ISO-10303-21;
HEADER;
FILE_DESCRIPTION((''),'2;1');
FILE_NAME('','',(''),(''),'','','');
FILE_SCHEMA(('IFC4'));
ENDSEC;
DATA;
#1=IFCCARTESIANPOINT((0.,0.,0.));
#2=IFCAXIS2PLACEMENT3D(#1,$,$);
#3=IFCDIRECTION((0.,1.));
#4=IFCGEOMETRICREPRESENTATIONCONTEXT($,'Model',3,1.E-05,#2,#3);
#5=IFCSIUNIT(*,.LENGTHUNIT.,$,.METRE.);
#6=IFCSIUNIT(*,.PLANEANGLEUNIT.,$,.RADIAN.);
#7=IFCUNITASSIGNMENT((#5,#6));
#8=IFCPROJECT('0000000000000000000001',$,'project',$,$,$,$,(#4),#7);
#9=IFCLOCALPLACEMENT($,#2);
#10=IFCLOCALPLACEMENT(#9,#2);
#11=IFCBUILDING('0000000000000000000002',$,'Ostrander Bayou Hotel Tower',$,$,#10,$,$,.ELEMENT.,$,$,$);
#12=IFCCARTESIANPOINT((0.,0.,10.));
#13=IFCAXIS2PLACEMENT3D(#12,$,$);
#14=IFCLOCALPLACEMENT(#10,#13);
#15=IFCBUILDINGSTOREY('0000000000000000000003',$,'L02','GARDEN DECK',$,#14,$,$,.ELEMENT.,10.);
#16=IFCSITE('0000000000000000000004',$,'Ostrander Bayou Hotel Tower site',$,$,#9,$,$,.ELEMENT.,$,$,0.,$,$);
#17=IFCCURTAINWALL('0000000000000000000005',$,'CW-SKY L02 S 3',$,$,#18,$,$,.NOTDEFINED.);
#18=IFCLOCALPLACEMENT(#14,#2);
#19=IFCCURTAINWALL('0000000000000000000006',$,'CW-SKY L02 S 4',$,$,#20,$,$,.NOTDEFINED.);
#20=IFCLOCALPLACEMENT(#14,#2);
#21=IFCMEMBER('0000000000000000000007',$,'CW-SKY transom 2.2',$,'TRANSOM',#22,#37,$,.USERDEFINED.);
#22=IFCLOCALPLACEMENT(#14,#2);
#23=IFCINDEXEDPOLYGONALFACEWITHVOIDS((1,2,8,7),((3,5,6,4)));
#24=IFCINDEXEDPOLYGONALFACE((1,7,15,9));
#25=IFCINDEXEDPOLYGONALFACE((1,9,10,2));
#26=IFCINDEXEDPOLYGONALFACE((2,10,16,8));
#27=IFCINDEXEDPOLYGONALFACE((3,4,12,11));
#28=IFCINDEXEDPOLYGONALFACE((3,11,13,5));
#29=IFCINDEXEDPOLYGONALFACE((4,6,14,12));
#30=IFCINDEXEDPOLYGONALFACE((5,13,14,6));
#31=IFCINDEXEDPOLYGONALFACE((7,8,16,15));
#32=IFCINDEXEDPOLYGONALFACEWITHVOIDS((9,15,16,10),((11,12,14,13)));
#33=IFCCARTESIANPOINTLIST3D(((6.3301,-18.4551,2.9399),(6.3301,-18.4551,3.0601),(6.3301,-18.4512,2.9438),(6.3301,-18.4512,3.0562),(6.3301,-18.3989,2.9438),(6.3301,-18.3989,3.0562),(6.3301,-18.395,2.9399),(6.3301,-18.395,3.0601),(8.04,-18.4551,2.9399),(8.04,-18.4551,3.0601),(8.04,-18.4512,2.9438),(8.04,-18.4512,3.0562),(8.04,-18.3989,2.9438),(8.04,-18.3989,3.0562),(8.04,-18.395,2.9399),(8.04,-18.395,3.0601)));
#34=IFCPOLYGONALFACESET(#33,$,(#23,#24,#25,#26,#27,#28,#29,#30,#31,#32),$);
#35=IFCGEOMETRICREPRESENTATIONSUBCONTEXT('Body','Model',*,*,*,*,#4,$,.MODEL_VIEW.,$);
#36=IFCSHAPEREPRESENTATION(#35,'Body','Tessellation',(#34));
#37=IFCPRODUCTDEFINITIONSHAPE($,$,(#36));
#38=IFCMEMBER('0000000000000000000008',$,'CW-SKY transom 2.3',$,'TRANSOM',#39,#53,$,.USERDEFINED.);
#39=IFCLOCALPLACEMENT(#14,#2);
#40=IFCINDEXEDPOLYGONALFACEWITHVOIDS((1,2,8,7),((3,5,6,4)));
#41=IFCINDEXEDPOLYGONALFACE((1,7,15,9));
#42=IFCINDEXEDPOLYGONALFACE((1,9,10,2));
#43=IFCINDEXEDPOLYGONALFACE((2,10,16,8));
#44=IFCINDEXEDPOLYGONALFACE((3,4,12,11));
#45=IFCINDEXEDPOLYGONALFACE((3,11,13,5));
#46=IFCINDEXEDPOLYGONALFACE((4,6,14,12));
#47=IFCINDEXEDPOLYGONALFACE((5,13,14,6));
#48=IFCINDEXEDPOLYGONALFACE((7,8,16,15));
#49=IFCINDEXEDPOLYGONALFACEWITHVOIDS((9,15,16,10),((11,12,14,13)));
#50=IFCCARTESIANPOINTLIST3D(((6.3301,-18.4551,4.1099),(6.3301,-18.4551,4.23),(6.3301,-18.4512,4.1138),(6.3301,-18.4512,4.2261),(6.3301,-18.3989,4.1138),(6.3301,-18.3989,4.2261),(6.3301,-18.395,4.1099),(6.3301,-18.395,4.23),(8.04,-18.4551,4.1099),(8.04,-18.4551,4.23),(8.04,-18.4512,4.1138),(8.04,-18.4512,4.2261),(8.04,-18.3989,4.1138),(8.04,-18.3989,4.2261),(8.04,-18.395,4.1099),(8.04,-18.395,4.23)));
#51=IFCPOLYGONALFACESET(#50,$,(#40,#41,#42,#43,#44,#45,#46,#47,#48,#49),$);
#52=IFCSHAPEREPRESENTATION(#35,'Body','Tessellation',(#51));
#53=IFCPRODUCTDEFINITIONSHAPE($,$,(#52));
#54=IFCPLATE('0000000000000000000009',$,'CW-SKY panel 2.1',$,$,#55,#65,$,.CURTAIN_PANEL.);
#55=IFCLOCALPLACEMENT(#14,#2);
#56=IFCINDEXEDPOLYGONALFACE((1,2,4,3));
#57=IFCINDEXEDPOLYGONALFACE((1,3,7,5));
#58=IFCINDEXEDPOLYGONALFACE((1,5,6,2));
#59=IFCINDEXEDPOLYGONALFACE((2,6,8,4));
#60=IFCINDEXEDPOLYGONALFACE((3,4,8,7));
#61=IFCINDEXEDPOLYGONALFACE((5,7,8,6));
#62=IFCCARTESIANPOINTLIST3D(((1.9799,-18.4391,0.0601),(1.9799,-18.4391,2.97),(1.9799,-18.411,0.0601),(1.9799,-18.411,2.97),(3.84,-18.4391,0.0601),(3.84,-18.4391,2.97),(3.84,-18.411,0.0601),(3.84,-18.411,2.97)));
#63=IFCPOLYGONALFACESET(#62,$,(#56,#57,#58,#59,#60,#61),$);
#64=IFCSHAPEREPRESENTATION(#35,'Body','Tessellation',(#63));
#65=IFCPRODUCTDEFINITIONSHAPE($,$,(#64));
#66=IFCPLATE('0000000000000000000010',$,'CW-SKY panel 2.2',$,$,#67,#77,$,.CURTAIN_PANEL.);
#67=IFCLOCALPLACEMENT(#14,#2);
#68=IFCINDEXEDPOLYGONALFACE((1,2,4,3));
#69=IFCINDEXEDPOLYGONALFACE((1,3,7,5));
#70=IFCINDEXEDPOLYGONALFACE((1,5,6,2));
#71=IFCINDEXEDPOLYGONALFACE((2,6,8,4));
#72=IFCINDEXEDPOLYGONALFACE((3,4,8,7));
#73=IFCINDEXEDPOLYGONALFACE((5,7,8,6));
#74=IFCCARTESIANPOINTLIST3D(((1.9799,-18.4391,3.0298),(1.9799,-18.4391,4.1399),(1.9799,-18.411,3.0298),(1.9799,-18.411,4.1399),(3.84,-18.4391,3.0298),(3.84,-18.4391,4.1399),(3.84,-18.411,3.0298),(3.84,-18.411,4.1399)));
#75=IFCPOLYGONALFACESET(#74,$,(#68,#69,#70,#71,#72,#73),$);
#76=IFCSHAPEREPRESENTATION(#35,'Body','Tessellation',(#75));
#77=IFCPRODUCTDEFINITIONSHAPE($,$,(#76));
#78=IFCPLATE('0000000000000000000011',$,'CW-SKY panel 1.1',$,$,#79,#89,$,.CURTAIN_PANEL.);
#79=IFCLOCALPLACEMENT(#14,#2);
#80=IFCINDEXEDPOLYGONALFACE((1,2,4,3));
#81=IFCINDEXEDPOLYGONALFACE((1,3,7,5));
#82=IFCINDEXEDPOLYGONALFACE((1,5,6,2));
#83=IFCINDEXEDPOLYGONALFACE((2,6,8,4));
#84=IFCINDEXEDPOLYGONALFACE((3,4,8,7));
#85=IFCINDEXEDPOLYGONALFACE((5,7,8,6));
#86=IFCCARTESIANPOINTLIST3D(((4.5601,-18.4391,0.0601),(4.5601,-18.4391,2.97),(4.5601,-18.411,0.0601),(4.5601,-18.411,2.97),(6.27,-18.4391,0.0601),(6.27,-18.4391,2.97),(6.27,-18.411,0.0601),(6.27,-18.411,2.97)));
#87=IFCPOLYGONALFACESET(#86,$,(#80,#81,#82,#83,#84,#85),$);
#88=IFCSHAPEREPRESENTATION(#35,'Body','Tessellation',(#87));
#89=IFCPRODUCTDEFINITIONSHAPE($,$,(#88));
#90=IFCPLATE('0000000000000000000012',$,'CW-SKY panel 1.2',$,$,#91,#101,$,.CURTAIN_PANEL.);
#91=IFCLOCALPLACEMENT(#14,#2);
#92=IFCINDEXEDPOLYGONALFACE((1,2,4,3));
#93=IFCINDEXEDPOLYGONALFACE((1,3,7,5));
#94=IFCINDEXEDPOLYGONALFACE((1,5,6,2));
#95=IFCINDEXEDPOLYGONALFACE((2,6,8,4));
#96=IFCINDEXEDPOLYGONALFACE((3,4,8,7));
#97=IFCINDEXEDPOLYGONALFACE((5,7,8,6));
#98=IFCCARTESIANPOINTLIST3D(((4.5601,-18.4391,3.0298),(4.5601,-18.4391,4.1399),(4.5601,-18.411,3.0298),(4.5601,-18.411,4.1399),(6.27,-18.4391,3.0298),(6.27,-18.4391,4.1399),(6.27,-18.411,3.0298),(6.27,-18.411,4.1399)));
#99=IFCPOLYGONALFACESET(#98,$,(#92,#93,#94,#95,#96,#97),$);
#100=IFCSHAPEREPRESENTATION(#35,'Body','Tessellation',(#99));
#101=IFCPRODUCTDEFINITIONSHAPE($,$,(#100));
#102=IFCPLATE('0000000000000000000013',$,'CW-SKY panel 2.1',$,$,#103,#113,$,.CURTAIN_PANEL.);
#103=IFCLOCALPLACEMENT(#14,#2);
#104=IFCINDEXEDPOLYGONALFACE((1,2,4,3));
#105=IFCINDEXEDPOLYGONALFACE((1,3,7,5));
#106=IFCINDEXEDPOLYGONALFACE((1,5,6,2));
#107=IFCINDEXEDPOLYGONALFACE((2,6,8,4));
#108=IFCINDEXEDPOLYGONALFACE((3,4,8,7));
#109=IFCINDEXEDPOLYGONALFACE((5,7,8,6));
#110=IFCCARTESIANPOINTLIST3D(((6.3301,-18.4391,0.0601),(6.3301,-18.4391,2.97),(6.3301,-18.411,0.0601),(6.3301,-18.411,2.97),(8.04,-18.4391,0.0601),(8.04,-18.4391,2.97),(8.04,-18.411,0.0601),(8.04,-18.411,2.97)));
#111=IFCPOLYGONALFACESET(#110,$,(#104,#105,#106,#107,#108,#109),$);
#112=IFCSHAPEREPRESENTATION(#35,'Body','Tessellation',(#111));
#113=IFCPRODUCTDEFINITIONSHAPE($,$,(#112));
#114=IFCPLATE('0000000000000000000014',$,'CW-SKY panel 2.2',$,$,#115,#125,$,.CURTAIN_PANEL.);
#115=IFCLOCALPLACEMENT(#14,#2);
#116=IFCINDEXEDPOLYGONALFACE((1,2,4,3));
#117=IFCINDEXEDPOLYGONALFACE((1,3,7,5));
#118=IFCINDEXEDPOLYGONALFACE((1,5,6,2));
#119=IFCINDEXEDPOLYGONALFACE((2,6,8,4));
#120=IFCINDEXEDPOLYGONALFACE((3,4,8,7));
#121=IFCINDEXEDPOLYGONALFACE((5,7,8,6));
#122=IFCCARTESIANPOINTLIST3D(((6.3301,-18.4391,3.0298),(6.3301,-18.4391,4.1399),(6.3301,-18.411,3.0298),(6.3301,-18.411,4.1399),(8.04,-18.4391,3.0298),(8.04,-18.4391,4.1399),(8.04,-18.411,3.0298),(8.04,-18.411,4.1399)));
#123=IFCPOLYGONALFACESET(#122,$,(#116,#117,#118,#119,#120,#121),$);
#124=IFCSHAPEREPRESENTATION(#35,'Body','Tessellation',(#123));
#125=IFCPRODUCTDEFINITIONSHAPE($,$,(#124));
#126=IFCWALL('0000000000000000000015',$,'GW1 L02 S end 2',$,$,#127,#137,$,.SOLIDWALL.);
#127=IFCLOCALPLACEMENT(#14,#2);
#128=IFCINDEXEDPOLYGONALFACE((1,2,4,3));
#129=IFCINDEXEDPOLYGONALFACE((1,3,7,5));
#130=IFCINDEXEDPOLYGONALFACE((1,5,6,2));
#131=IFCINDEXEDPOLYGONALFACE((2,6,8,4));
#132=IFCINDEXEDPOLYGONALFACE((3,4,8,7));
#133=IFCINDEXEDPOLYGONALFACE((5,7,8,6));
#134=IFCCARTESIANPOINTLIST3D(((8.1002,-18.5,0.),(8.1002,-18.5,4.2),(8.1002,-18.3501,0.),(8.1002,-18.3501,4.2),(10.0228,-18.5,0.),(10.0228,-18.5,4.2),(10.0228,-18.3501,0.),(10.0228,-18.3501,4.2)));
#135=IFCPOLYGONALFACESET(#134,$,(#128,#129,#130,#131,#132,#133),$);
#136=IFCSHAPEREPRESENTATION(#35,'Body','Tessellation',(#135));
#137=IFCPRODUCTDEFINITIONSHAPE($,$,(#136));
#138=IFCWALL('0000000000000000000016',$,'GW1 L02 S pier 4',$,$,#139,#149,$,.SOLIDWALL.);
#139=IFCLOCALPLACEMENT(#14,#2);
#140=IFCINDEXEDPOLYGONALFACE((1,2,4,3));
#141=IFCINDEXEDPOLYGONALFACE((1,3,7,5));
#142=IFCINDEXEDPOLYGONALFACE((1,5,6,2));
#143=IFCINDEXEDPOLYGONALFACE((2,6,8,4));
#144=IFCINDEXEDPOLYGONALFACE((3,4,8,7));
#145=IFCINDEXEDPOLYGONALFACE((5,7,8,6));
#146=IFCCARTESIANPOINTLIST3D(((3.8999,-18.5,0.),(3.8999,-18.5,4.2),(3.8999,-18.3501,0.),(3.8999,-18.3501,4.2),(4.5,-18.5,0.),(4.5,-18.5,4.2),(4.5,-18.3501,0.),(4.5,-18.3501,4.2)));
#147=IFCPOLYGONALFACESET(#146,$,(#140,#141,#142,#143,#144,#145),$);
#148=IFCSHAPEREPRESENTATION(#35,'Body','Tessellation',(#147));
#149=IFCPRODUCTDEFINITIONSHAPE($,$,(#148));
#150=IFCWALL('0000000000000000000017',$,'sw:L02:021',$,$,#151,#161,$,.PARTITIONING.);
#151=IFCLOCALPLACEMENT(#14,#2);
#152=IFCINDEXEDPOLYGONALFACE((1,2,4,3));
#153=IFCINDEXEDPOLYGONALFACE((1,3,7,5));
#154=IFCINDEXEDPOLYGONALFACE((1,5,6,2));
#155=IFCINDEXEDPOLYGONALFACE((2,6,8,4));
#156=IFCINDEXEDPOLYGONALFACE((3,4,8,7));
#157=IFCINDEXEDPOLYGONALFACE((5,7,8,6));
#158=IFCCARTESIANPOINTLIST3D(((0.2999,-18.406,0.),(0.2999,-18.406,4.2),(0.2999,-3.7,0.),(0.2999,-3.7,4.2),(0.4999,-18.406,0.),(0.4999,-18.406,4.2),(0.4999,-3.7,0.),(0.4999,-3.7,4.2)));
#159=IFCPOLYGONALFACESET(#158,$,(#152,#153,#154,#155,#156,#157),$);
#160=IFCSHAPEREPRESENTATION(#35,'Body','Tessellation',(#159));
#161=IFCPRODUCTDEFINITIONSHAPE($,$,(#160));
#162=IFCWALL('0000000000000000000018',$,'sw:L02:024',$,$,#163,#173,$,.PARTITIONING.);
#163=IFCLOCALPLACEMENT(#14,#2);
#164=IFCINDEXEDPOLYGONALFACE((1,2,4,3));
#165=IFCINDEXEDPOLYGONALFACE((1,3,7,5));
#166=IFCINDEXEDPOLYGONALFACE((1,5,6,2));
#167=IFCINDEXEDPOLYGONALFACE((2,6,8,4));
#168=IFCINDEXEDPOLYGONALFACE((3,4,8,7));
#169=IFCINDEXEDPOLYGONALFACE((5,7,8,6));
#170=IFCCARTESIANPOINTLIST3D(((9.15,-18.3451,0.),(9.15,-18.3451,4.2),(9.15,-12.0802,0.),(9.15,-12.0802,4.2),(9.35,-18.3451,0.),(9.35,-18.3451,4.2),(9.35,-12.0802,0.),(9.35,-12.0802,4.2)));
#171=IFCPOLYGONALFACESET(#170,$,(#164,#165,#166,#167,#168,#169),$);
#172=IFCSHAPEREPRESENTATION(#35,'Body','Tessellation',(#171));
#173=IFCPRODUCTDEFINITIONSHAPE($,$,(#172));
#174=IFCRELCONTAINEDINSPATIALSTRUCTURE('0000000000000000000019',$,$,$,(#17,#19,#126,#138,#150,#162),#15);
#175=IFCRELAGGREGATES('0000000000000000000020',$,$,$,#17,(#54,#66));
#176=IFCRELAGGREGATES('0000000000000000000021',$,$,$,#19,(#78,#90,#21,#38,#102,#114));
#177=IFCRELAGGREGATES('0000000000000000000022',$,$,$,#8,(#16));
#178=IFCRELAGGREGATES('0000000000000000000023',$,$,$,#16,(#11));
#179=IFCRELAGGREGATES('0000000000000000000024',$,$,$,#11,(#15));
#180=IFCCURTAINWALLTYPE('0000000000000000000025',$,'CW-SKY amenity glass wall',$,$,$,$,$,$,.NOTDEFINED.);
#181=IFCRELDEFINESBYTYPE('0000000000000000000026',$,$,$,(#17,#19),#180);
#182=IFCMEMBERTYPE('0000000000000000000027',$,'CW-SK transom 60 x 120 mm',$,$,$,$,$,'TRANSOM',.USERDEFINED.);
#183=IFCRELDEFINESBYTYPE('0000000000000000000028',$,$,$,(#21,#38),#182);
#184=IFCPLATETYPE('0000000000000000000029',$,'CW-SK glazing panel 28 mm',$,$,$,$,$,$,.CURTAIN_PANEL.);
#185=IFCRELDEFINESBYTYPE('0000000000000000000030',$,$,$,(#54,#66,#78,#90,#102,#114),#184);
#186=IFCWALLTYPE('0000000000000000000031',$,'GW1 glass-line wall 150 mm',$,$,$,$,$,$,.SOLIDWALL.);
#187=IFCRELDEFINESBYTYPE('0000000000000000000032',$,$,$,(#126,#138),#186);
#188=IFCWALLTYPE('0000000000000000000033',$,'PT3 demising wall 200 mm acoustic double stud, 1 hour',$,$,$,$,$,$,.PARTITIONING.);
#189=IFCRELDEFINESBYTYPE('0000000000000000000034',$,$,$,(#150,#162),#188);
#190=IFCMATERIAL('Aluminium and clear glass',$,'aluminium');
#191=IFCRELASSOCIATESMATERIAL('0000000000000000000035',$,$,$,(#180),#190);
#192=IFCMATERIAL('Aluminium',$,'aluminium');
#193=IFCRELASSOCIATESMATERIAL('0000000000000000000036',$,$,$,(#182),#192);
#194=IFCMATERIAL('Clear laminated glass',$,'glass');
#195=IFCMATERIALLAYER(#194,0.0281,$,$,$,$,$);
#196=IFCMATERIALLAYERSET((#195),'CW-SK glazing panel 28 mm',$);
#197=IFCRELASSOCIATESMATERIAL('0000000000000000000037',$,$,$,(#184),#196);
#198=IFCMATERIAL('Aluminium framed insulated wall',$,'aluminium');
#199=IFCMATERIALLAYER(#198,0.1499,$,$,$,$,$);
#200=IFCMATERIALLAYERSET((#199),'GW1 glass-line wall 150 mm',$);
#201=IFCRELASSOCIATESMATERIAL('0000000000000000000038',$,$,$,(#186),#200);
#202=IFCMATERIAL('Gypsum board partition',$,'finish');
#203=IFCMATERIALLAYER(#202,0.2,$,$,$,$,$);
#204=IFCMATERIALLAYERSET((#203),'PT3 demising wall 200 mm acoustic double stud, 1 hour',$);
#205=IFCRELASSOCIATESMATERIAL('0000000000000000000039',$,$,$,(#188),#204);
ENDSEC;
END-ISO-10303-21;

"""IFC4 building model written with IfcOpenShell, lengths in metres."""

from ifc_helpers import new_model, si_unit, direction, frame, frame_2d, origin, origin_2d, place, context, subcontext, project, spatial, rectangle, hollow_rectangle, extrude, material, layer, layer_set, material_profile, profile_set, type_object, element, aggregate, save


model = new_model("IFC4")

# Units and contexts
model_context = context("Model", 3, precision=1e-05, world=origin(), true_north=direction((0.0, 1.0)))
body_context = subcontext(model_context, "Body", "Model", "MODEL_VIEW")
ifc_project = project(units=[si_unit("LENGTHUNIT", "METRE"), si_unit("PLANEANGLEUNIT", "RADIAN")], contexts=[model_context])

# Site, building, storey
site_placement = place(None, origin())
site = spatial("IfcSite", under=ifc_project, at=site_placement, Name="Ostrander Bayou Hotel Tower site", CompositionType="ELEMENT", RefElevation=0.0)
building_placement = place(site_placement, origin())
building = spatial("IfcBuilding", under=site, at=building_placement, Name="Ostrander Bayou Hotel Tower", CompositionType="ELEMENT")
storey_placement = place(building_placement, frame((0.0, 0.0, 10.0)))
storey = spatial("IfcBuildingStorey", under=building, at=storey_placement, Name="L02", Description="GARDEN DECK", CompositionType="ELEMENT", Elevation=10.0)

# Curtain wall
ifc_material_1 = material(Name="Aluminium and clear glass", Category="aluminium")
curtain_wall_type = type_object("IfcCurtainWallType", Name="CW-SKY amenity glass wall", PredefinedType="NOTDEFINED", material=ifc_material_1)
curtain_wall_1_placement = place(storey_placement, origin())
curtain_wall_1 = element("IfcCurtainWall", 1, at=curtain_wall_1_placement, inside=storey, type_object=curtain_wall_type, Name="CW-SKY L02 S 3", PredefinedType="NOTDEFINED")

# Curtain wall
curtain_wall_2_placement = place(storey_placement, origin())
curtain_wall_2 = element("IfcCurtainWall", 2, at=curtain_wall_2_placement, inside=storey, type_object=curtain_wall_type, Name="CW-SKY L02 S 4", PredefinedType="NOTDEFINED")

# Members
ifc_material_2 = material(Name="Aluminium", Category="aluminium")
ifc_material_profile_1 = material_profile(ifc_material_2, hollow_rectangle(XDim=0.0601, YDim=0.1201, WallThickness=0.0039, at=origin_2d()))
ifc_profile_set_1 = profile_set([ifc_material_profile_1], Name="Aluminium")
member_type_1 = type_object("IfcMemberType", Name="CW-SK transom 60 x 120 mm", ElementType="TRANSOM", PredefinedType="USERDEFINED", material=ifc_profile_set_1)
member_1_placement = place(storey_placement, frame((6.3301, -18.425, 3.0), z_axis=(1.0, 0.0, 0.0), x_axis=(0.0, 1.0, 0.0)))
member_1 = element("IfcMember", 3, at=member_1_placement, type_object=member_type_1, Name="CW-SKY transom 2.2", ObjectType="TRANSOM", PredefinedType="USERDEFINED", context=body_context, shape_type="SweptSolid", body=[
    extrude(hollow_rectangle(XDim=0.0601, YDim=0.1201, WallThickness=0.0039, at=origin_2d()), origin(), (0.0, 0.0, 1.0), 1.71),
])
member_2_placement = place(storey_placement, frame((6.3301, -18.425, 4.1699), z_axis=(1.0, 0.0, 0.0), x_axis=(0.0, 1.0, 0.0)))
member_2 = element("IfcMember", 4, at=member_2_placement, type_object=member_type_1, Name="CW-SKY transom 2.3", ObjectType="TRANSOM", PredefinedType="USERDEFINED", context=body_context, shape_type="SweptSolid", body=[
    extrude(hollow_rectangle(XDim=0.0601, YDim=0.1201, WallThickness=0.0039, at=origin_2d()), origin(), (0.0, 0.0, 1.0), 1.71),
])

# Plates
ifc_material_3 = material(Name="Clear laminated glass", Category="glass")
ifc_layer_1 = layer(ifc_material_3, 0.0281)
ifc_layer_set_1 = layer_set([ifc_layer_1], Name="CW-SK glazing panel 28 mm")
plate_type = type_object("IfcPlateType", Name="CW-SK glazing panel 28 mm", PredefinedType="CURTAIN_PANEL", material=ifc_layer_set_1)
plate_1_placement = place(storey_placement, frame((2.9099, -18.425, 0.0601), z_axis=(0.0, 0.0, 1.0), x_axis=(1.0, 0.0, 0.0)))
plate_1 = element("IfcPlate", 5, at=plate_1_placement, type_object=plate_type, Name="CW-SKY panel 2.1", PredefinedType="CURTAIN_PANEL", context=body_context, shape_type="SweptSolid", body=[
    extrude(rectangle(XDim=1.8601, YDim=0.0281, at=origin_2d()), origin(), (0.0, 0.0, 1.0), 2.9099),
])
plate_2_placement = place(storey_placement, frame((2.9099, -18.425, 3.0298), z_axis=(0.0, 0.0, 1.0), x_axis=(1.0, 0.0, 0.0)))
plate_2 = element("IfcPlate", 6, at=plate_2_placement, type_object=plate_type, Name="CW-SKY panel 2.2", PredefinedType="CURTAIN_PANEL", context=body_context, shape_type="SweptSolid", body=[
    extrude(rectangle(XDim=1.8601, YDim=0.0281, at=origin_2d()), origin(), (0.0, 0.0, 1.0), 1.1101),
])
aggregate(curtain_wall_1, [plate_1, plate_2])
plate_3_placement = place(storey_placement, frame((5.415, -18.425, 0.0601), z_axis=(0.0, 0.0, 1.0), x_axis=(1.0, 0.0, 0.0)))
plate_3 = element("IfcPlate", 7, at=plate_3_placement, type_object=plate_type, Name="CW-SKY panel 1.1", PredefinedType="CURTAIN_PANEL", context=body_context, shape_type="SweptSolid", body=[
    extrude(rectangle(XDim=1.71, YDim=0.0281, at=origin_2d()), origin(), (0.0, 0.0, 1.0), 2.9099),
])
plate_4_placement = place(storey_placement, frame((5.415, -18.425, 3.0298), z_axis=(0.0, 0.0, 1.0), x_axis=(1.0, 0.0, 0.0)))
plate_4 = element("IfcPlate", 8, at=plate_4_placement, type_object=plate_type, Name="CW-SKY panel 1.2", PredefinedType="CURTAIN_PANEL", context=body_context, shape_type="SweptSolid", body=[
    extrude(rectangle(XDim=1.71, YDim=0.0281, at=origin_2d()), origin(), (0.0, 0.0, 1.0), 1.1101),
])
plate_5_placement = place(storey_placement, frame((7.1851, -18.425, 0.0601), z_axis=(0.0, 0.0, 1.0), x_axis=(1.0, 0.0, 0.0)))
plate_5 = element("IfcPlate", 9, at=plate_5_placement, type_object=plate_type, Name="CW-SKY panel 2.1", PredefinedType="CURTAIN_PANEL", context=body_context, shape_type="SweptSolid", body=[
    extrude(rectangle(XDim=1.71, YDim=0.0281, at=origin_2d()), origin(), (0.0, 0.0, 1.0), 2.9099),
])
plate_6_placement = place(storey_placement, frame((7.1851, -18.425, 3.0298), z_axis=(0.0, 0.0, 1.0), x_axis=(1.0, 0.0, 0.0)))
plate_6 = element("IfcPlate", 10, at=plate_6_placement, type_object=plate_type, Name="CW-SKY panel 2.2", PredefinedType="CURTAIN_PANEL", context=body_context, shape_type="SweptSolid", body=[
    extrude(rectangle(XDim=1.71, YDim=0.0281, at=origin_2d()), origin(), (0.0, 0.0, 1.0), 1.1101),
])
aggregate(curtain_wall_2, [plate_3, plate_4, member_1, member_2, plate_5, plate_6])

# Walls
ifc_material_4 = material(Name="Aluminium framed insulated wall", Category="aluminium")
ifc_layer_2 = layer(ifc_material_4, 0.1499)
ifc_layer_set_2 = layer_set([ifc_layer_2], Name="GW1 glass-line wall 150 mm")
wall_type_1 = type_object("IfcWallType", Name="GW1 glass-line wall 150 mm", PredefinedType="SOLIDWALL", material=ifc_layer_set_2)
wall_1_placement = place(storey_placement, frame((8.1001, -18.425, 0.0), z_axis=(0.0, 0.0, 1.0), x_axis=(1.0, 0.0, 0.0)))
element("IfcWall", 11, at=wall_1_placement, inside=storey, type_object=wall_type_1, Name="GW1 L02 S end 2", PredefinedType="SOLIDWALL", context=body_context, shape_type="SweptSolid", body=[
    extrude(rectangle(XDim=1.9226, YDim=0.1499, at=frame_2d((0.9614, 0.0))), origin(), (0.0, 0.0, 1.0), 4.2),
])
wall_2_placement = place(storey_placement, frame((3.8999, -18.425, 0.0), z_axis=(0.0, 0.0, 1.0), x_axis=(1.0, 0.0, 0.0)))
element("IfcWall", 12, at=wall_2_placement, inside=storey, type_object=wall_type_1, Name="GW1 L02 S pier 4", PredefinedType="SOLIDWALL", context=body_context, shape_type="SweptSolid", body=[
    extrude(rectangle(XDim=0.6001, YDim=0.1499, at=frame_2d((0.3, 0.0))), origin(), (0.0, 0.0, 1.0), 4.2),
])
ifc_material_5 = material(Name="Gypsum board partition", Category="finish")
ifc_layer_3 = layer(ifc_material_5, 0.2)
ifc_layer_set_3 = layer_set([ifc_layer_3], Name="PT3 demising wall 200 mm acoustic double stud, 1 hour")
wall_type_2 = type_object("IfcWallType", Name="PT3 demising wall 200 mm acoustic double stud, 1 hour", PredefinedType="PARTITIONING", material=ifc_layer_set_3)
wall_3_placement = place(storey_placement, frame((0.3999, -18.406, 0.0), z_axis=(0.0, 0.0, 1.0), x_axis=(0.0, 1.0, 0.0)))
element("IfcWall", 13, at=wall_3_placement, inside=storey, type_object=wall_type_2, Name="sw:L02:021", PredefinedType="PARTITIONING", context=body_context, shape_type="SweptSolid", body=[
    extrude(rectangle(XDim=14.7061, YDim=0.2, at=frame_2d((7.353, 0.0))), origin(), (0.0, 0.0, 1.0), 4.2),
])

# Wall
wall_4_placement = place(storey_placement, frame((9.25, -18.345, 0.0), z_axis=(0.0, 0.0, 1.0), x_axis=(0.0, 1.0, 0.0)))
element("IfcWall", 14, at=wall_4_placement, inside=storey, type_object=wall_type_2, Name="sw:L02:024", PredefinedType="PARTITIONING", context=body_context, shape_type="SweptSolid", body=[
    extrude(rectangle(XDim=6.2649, YDim=0.2, at=frame_2d((3.1323, 0.0))), origin(), (0.0, 0.0, 1.0), 4.2),
])

save(model, "model.ifc")
